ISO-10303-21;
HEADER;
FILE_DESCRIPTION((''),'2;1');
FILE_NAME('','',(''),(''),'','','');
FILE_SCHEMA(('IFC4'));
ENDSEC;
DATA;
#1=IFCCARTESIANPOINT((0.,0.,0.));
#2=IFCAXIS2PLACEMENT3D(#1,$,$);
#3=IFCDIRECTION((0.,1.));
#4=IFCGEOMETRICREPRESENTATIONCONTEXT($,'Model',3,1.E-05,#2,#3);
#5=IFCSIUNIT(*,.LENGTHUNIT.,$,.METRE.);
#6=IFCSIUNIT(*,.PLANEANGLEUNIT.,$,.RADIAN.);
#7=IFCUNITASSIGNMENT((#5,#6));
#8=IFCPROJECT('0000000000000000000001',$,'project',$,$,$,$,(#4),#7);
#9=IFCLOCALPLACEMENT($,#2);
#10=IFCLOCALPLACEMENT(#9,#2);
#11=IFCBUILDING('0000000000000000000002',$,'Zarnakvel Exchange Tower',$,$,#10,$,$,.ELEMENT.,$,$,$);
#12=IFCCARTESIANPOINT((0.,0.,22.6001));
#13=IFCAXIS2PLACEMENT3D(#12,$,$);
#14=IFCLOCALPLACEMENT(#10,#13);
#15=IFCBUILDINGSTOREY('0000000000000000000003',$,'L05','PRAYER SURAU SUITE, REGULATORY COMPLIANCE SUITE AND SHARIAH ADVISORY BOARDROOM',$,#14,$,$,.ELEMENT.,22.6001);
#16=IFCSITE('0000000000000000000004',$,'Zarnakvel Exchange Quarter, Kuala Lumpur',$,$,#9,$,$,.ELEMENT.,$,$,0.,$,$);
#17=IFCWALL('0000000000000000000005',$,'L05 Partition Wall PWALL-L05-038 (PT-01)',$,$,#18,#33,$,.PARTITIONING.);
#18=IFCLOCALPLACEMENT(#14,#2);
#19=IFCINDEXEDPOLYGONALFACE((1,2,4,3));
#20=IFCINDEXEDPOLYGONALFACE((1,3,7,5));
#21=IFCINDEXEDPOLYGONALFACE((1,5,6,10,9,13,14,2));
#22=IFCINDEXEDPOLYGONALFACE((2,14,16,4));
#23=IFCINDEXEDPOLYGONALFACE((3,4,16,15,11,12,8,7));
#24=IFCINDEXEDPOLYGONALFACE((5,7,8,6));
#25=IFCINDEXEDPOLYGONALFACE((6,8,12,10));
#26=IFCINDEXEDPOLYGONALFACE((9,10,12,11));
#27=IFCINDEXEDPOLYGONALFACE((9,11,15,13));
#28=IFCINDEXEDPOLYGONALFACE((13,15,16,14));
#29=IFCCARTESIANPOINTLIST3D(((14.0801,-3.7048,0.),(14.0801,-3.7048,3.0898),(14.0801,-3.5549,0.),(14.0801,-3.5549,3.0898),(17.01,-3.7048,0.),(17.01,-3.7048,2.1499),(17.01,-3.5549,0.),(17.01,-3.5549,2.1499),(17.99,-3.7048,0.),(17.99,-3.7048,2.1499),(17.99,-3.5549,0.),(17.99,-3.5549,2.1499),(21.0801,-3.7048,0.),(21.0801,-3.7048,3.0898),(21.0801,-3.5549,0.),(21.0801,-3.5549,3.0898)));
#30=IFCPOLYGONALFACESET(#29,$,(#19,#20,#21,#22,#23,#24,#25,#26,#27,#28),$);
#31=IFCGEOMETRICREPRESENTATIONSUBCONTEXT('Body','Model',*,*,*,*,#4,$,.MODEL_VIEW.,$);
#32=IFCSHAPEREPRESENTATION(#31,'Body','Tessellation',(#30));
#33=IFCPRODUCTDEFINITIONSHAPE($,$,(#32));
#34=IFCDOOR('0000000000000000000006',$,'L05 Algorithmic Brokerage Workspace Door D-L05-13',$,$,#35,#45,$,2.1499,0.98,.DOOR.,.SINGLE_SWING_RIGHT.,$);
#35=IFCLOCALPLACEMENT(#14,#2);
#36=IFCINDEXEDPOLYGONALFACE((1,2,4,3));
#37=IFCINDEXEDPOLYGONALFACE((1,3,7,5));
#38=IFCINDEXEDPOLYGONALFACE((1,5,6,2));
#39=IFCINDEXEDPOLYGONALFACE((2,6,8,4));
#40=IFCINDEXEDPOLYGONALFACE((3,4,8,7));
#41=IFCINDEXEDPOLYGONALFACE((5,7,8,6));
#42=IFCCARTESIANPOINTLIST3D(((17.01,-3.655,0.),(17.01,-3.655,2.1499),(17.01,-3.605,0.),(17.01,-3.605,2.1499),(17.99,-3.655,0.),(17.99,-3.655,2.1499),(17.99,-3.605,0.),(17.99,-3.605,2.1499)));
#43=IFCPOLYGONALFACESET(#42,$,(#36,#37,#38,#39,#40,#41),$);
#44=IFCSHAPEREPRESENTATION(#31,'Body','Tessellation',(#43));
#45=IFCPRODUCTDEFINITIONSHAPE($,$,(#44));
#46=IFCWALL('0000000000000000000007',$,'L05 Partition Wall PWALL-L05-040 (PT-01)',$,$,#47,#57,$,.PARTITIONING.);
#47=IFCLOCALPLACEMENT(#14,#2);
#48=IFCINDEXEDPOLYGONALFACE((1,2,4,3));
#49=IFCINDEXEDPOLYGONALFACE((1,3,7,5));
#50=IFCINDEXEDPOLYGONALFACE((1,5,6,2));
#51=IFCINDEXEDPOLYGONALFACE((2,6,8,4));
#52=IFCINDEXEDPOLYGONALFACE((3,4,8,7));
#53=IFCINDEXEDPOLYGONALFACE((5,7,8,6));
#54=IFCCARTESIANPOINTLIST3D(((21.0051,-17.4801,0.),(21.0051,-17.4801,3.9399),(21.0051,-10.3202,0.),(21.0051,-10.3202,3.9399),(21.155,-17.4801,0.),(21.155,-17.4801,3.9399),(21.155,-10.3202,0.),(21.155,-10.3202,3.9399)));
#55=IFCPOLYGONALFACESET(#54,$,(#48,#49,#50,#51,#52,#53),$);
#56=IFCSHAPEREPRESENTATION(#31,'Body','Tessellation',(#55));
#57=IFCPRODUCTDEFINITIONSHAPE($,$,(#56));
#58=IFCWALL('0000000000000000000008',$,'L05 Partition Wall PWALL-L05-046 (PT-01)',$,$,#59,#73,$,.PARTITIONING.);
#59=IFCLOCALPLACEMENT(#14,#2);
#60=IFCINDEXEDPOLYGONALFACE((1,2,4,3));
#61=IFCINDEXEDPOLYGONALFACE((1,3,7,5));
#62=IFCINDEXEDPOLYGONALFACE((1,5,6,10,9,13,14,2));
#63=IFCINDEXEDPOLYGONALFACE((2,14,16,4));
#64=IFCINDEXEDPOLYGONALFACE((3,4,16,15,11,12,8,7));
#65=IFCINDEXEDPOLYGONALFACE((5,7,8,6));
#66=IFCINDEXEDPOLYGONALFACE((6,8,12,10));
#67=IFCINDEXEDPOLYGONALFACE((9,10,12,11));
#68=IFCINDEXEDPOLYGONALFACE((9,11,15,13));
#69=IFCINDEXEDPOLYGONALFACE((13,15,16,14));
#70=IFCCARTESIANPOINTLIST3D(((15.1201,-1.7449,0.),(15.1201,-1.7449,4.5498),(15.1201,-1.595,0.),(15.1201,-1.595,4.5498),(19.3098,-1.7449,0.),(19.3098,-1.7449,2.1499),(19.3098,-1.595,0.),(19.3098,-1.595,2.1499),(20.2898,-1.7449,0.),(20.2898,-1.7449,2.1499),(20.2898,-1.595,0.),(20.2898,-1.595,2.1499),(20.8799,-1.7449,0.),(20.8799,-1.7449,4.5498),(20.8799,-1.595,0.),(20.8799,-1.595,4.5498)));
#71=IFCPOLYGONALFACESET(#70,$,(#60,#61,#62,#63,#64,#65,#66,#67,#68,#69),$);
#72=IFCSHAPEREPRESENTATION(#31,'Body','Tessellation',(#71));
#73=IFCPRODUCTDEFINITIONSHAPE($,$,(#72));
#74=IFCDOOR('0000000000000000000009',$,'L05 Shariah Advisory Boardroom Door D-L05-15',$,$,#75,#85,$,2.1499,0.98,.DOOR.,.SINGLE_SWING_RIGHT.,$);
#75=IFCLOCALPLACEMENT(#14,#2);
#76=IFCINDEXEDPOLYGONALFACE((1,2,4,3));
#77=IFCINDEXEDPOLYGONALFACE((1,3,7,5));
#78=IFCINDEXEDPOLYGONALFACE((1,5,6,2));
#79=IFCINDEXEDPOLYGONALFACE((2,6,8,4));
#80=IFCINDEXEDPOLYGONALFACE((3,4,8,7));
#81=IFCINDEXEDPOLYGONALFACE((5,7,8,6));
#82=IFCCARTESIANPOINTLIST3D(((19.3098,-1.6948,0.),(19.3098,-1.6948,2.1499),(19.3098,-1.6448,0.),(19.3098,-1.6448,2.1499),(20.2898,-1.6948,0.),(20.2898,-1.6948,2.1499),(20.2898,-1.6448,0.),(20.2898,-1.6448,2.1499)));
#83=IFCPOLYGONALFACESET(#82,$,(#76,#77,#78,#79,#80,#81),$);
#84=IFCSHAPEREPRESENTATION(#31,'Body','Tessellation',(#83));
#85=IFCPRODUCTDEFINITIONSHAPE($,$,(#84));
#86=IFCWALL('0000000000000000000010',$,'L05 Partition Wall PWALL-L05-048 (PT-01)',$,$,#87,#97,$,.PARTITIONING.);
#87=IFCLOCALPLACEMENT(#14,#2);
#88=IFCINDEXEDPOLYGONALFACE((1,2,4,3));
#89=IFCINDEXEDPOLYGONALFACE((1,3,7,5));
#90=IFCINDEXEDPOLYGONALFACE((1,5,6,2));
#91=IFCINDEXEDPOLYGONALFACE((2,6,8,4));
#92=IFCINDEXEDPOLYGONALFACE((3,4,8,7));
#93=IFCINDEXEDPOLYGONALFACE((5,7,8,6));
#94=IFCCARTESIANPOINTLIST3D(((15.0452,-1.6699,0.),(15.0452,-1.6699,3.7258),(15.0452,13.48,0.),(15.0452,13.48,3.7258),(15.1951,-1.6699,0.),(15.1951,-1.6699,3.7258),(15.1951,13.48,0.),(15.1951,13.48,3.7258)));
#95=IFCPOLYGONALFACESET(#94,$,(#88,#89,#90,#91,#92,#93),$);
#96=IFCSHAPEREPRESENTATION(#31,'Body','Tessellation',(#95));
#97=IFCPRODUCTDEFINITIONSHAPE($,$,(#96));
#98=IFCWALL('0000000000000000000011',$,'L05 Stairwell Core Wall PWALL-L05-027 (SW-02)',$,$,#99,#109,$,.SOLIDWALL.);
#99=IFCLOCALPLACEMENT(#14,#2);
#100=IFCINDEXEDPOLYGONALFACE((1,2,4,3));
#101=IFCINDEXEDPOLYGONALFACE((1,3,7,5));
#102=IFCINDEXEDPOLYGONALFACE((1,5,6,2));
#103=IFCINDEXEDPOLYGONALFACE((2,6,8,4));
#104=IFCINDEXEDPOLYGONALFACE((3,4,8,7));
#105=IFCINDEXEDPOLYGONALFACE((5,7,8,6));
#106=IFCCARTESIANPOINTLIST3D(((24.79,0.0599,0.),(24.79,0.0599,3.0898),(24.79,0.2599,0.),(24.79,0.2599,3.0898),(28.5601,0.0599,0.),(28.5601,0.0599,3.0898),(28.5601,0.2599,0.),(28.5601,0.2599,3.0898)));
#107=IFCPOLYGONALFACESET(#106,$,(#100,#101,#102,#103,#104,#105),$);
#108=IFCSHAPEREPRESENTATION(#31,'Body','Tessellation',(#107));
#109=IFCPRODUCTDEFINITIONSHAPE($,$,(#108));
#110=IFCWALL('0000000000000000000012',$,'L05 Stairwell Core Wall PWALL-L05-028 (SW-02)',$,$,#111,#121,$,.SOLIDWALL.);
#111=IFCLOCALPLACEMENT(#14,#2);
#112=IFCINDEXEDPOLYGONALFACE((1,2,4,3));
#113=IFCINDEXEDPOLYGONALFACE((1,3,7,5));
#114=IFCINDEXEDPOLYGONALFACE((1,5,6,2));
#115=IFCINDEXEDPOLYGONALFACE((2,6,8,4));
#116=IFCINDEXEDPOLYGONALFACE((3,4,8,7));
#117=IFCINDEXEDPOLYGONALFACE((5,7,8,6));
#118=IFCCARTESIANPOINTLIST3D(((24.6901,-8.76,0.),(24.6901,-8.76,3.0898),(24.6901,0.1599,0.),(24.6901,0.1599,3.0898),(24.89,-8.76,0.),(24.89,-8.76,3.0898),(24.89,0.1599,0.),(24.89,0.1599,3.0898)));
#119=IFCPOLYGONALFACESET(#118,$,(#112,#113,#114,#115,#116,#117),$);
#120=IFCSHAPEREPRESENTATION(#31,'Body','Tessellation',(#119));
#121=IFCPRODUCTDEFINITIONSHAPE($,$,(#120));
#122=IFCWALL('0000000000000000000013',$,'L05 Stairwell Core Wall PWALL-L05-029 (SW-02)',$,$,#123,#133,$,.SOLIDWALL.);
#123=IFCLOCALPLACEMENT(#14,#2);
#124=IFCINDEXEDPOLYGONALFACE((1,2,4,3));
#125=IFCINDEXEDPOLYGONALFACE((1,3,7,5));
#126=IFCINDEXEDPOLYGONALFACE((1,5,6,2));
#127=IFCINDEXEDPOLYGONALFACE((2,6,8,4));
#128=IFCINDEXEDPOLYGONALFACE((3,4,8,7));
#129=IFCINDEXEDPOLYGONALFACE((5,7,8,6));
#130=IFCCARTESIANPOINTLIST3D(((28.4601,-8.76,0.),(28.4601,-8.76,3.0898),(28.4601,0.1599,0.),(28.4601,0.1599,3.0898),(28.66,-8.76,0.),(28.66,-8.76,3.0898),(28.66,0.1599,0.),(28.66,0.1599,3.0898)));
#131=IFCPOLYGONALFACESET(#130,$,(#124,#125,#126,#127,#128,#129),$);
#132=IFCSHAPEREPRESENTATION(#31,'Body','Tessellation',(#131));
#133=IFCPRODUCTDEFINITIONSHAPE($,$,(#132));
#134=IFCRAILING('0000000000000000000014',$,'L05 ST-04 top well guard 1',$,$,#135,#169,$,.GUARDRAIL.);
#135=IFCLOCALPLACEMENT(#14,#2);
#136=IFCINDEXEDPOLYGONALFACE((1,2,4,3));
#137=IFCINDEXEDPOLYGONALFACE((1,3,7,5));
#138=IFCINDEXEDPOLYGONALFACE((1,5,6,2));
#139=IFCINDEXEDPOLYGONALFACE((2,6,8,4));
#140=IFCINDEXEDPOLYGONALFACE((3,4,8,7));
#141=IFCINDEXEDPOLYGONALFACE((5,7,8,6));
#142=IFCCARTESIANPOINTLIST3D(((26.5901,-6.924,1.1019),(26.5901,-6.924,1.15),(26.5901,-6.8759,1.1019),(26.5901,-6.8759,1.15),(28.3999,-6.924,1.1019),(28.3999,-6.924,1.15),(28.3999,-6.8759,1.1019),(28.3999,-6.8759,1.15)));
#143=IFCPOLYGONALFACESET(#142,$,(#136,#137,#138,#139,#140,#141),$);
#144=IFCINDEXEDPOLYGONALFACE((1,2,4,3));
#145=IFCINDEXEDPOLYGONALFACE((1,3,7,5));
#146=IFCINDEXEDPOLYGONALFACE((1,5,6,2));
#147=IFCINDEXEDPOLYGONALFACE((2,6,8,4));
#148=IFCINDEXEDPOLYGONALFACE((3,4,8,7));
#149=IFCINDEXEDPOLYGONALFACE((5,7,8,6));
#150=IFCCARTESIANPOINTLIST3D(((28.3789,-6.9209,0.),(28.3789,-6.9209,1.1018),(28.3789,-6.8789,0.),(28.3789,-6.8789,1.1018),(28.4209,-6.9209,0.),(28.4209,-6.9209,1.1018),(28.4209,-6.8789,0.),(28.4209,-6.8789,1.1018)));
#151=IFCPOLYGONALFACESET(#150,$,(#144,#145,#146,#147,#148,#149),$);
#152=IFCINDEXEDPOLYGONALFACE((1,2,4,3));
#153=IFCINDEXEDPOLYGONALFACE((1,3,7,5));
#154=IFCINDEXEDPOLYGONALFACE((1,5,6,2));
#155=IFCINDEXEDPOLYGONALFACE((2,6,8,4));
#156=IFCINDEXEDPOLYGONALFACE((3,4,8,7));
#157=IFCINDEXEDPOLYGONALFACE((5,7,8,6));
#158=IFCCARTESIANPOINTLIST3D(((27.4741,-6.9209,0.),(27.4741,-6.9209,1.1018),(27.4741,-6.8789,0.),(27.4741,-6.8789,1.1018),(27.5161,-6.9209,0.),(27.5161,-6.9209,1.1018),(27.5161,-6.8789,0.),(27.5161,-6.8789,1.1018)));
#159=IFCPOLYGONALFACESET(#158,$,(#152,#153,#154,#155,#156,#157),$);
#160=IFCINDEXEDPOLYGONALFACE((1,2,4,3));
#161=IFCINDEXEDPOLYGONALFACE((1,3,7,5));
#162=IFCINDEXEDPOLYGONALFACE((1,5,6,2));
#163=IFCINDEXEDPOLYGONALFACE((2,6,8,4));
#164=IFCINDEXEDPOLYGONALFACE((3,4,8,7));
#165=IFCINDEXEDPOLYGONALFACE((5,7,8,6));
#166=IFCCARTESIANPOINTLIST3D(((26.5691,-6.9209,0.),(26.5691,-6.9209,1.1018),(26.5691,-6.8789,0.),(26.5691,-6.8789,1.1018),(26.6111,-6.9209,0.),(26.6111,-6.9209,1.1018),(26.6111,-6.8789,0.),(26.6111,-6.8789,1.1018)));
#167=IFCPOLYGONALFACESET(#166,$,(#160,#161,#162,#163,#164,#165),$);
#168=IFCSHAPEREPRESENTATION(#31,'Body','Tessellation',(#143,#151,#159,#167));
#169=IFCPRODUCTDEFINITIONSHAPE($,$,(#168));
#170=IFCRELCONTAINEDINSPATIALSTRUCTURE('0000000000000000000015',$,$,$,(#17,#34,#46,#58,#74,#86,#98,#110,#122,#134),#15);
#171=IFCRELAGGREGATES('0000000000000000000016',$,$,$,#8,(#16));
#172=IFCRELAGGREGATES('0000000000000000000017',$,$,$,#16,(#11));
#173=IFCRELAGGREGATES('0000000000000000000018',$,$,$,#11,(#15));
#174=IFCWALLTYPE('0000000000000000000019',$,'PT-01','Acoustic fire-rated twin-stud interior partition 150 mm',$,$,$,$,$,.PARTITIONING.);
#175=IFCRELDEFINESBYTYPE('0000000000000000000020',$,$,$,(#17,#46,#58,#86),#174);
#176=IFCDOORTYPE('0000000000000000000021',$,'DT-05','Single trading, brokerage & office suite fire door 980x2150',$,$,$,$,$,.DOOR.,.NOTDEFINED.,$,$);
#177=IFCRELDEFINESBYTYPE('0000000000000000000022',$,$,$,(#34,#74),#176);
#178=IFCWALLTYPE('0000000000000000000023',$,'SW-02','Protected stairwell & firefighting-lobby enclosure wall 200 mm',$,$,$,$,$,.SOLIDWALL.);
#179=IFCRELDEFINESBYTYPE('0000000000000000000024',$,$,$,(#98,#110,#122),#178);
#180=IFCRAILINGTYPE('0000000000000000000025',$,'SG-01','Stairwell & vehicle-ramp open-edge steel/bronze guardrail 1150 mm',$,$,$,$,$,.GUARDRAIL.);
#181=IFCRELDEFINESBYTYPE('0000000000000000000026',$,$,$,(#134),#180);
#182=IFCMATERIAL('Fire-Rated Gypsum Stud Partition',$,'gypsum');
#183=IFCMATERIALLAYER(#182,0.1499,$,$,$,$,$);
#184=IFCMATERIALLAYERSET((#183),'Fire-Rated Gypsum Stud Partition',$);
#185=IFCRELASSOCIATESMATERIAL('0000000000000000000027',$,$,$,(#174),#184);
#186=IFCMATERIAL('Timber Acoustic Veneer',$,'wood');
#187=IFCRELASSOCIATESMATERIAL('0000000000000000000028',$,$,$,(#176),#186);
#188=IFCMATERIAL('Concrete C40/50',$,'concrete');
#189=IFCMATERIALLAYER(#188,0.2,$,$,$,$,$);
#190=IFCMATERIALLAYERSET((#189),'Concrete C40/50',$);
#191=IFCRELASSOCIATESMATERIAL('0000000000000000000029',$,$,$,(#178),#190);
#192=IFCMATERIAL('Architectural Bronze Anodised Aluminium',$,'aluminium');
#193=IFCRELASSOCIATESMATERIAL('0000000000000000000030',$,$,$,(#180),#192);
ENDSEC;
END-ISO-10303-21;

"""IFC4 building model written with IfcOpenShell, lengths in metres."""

from ifc_helpers import new_model, si_unit, direction, frame, frame_2d, origin, origin_2d, place, context, subcontext, project, spatial, rectangle, extrude, source, transform, mapped, material, layer, layer_set, type_object, element, fill, save


model = new_model("IFC4")

# Units and contexts
model_context = context("Model", 3, precision=1e-05, world=origin(), true_north=direction((0.0, 1.0)))
body_context = subcontext(model_context, "Body", "Model", "MODEL_VIEW")
ifc_project = project(units=[si_unit("LENGTHUNIT", "METRE"), si_unit("PLANEANGLEUNIT", "RADIAN")], contexts=[model_context])

# Site, building, storey
site_placement = place(None, origin())
site = spatial("IfcSite", under=ifc_project, at=site_placement, Name="Zarnakvel Exchange Quarter, Kuala Lumpur", CompositionType="ELEMENT", RefElevation=0.0)
building_placement = place(site_placement, origin())
building = spatial("IfcBuilding", under=site, at=building_placement, Name="Zarnakvel Exchange Tower", CompositionType="ELEMENT")
storey_placement = place(building_placement, frame((0.0, 0.0, 22.6001)))
storey = spatial("IfcBuildingStorey", under=building, at=storey_placement, Name="L05", Description="PRAYER SURAU SUITE, REGULATORY COMPLIANCE SUITE AND SHARIAH ADVISORY BOARDROOM", CompositionType="ELEMENT", Elevation=22.6001)

# Wall, opening, door
ifc_material_1 = material(Name="Fire-Rated Gypsum Stud Partition", Category="gypsum")
ifc_layer_1 = layer(ifc_material_1, 0.1499)
ifc_layer_set_1 = layer_set([ifc_layer_1], Name="Fire-Rated Gypsum Stud Partition")
wall_type_1 = type_object("IfcWallType", Name="PT-01", Description="Acoustic fire-rated twin-stud interior partition 150 mm", PredefinedType="PARTITIONING", material=ifc_layer_set_1)
wall_1_placement = place(storey_placement, frame((14.0801, -3.6299, 0.0), z_axis=(0.0, 0.0, 1.0), x_axis=(1.0, 0.0, 0.0)))
wall_1 = element("IfcWall", 1, at=wall_1_placement, inside=storey, type_object=wall_type_1, Name="L05 Partition Wall PWALL-L05-038 (PT-01)", PredefinedType="PARTITIONING", context=body_context, shape_type="SweptSolid", body=[
    extrude(rectangle(XDim=7.0, YDim=0.1499, at=frame_2d((3.5, 0.0))), origin(), (0.0, 0.0, 1.0), 3.0898),
])
opening_1_placement = place(wall_1_placement, frame((2.9299, 0.0, 0.0)))
opening_1 = element("IfcOpeningElement", 2, at=opening_1_placement, cuts=wall_1, PredefinedType="OPENING", context=body_context, shape_type="SweptSolid", body=[
    extrude(rectangle(XDim=0.98, YDim=2.1499, at=frame_2d((0.49, 1.075))), frame((0.0, 0.085, 0.0), z_axis=(0.0, -1.0, 0.0), x_axis=(1.0, 0.0, 0.0)), (0.0, 0.0, 1.0), 0.1699),
])
ifc_material_2 = material(Name="Timber Acoustic Veneer", Category="wood")
door_type_1 = type_object("IfcDoorType", Name="DT-05", Description="Single trading, brokerage & office suite fire door 980x2150", OperationType="NOTDEFINED", PredefinedType="DOOR", material=ifc_material_2)
shared_shape_1 = source(origin(), body_context, "Body", "SweptSolid", [
    extrude(rectangle(XDim=0.98, YDim=2.1499, at=frame_2d((0.49, 1.075))), frame((0.0, 0.0249, 0.0), z_axis=(0.0, -1.0, 0.0), x_axis=(1.0, 0.0, 0.0)), (0.0, 0.0, 1.0), 0.05),
])
door_1_placement = place(opening_1_placement, origin())
door_1 = element("IfcDoor", 3, at=door_1_placement, inside=storey, type_object=door_type_1, Name="L05 Algorithmic Brokerage Workspace Door D-L05-13", OperationType="SINGLE_SWING_RIGHT", OverallHeight=2.1499, OverallWidth=0.98, PredefinedType="DOOR", context=body_context, shape_type="MappedRepresentation", body=[
    mapped(shared_shape_1, transform((0.0, 0.0, 0.0), x_axis=(1.0, 0.0, 0.0), y_axis=(0.0, 1.0, 0.0), z_axis=(0.0, 0.0, 1.0), scale=1.0)),
])
fill(opening_1, door_1)

# Wall
wall_2_placement = place(storey_placement, frame((21.0801, -10.3201, 0.0), z_axis=(0.0, 0.0, 1.0), x_axis=(0.0, -1.0, 0.0)))
element("IfcWall", 4, at=wall_2_placement, inside=storey, type_object=wall_type_1, Name="L05 Partition Wall PWALL-L05-040 (PT-01)", PredefinedType="PARTITIONING", context=body_context, shape_type="SweptSolid", body=[
    extrude(rectangle(XDim=7.1599, YDim=0.1499, at=frame_2d((3.5801, 0.0))), origin(), (0.0, 0.0, 1.0), 3.9399),
])

# Wall, opening, door
wall_3_placement = place(storey_placement, frame((20.8799, -1.6699, 0.0), z_axis=(0.0, 0.0, 1.0), x_axis=(-1.0, 0.0, 0.0)))
wall_3 = element("IfcWall", 5, at=wall_3_placement, inside=storey, type_object=wall_type_1, Name="L05 Partition Wall PWALL-L05-046 (PT-01)", PredefinedType="PARTITIONING", context=body_context, shape_type="SweptSolid", body=[
    extrude(rectangle(XDim=5.7598, YDim=0.1499, at=frame_2d((2.8799, 0.0))), origin(), (0.0, 0.0, 1.0), 4.5498),
])
opening_2_placement = place(wall_3_placement, frame((0.5901, 0.0, 0.0)))
opening_2 = element("IfcOpeningElement", 6, at=opening_2_placement, cuts=wall_3, PredefinedType="OPENING", context=body_context, shape_type="SweptSolid", body=[
    extrude(rectangle(XDim=0.98, YDim=2.1499, at=frame_2d((0.49, 1.075))), frame((0.0, 0.085, 0.0), z_axis=(0.0, -1.0, 0.0), x_axis=(1.0, 0.0, 0.0)), (0.0, 0.0, 1.0), 0.1699),
])
door_2_placement = place(opening_2_placement, origin())
door_2 = element("IfcDoor", 7, at=door_2_placement, inside=storey, type_object=door_type_1, Name="L05 Shariah Advisory Boardroom Door D-L05-15", OperationType="SINGLE_SWING_RIGHT", OverallHeight=2.1499, OverallWidth=0.98, PredefinedType="DOOR", context=body_context, shape_type="MappedRepresentation", body=[
    mapped(shared_shape_1, transform((0.0, 0.0, 0.0), x_axis=(1.0, 0.0, 0.0), y_axis=(0.0, 1.0, 0.0), z_axis=(0.0, 0.0, 1.0), scale=1.0)),
])
fill(opening_2, door_2)

# Wall
wall_4_placement = place(storey_placement, frame((15.1201, -1.6699, 0.0), z_axis=(0.0, 0.0, 1.0), x_axis=(0.0, 1.0, 0.0)))
element("IfcWall", 8, at=wall_4_placement, inside=storey, type_object=wall_type_1, Name="L05 Partition Wall PWALL-L05-048 (PT-01)", PredefinedType="PARTITIONING", context=body_context, shape_type="SweptSolid", body=[
    extrude(rectangle(XDim=15.1499, YDim=0.1499, at=frame_2d((7.575, 0.0))), origin(), (0.0, 0.0, 1.0), 3.7258),
])

# Shared definitions
ifc_material_3 = material(Name="Concrete C40/50", Category="concrete")
ifc_layer_2 = layer(ifc_material_3, 0.2)
ifc_layer_set_2 = layer_set([ifc_layer_2], Name="Concrete C40/50")
wall_type_2 = type_object("IfcWallType", Name="SW-02", Description="Protected stairwell & firefighting-lobby enclosure wall 200 mm", PredefinedType="SOLIDWALL", material=ifc_layer_set_2)

# Walls
wall_5_placement = place(storey_placement, frame((24.79, 0.1599, 0.0), z_axis=(0.0, 0.0, 1.0), x_axis=(1.0, 0.0, 0.0)))
element("IfcWall", 9, at=wall_5_placement, inside=storey, type_object=wall_type_2, Name="L05 Stairwell Core Wall PWALL-L05-027 (SW-02)", PredefinedType="SOLIDWALL", context=body_context, shape_type="SweptSolid", body=[
    extrude(rectangle(XDim=3.77, YDim=0.2, at=frame_2d((1.885, 0.0))), origin(), (0.0, 0.0, 1.0), 3.0898),
])
for number, where, z_axis, x_axis, name in (
    (10, (24.79, -8.76, 0.0), (0.0, 0.0, 1.0), (0.0, 1.0, 0.0), "L05 Stairwell Core Wall PWALL-L05-028 (SW-02)"),
    (11, (28.5601, 0.1599, 0.0), (0.0, 0.0, 1.0), (0.0, -1.0, 0.0), "L05 Stairwell Core Wall PWALL-L05-029 (SW-02)"),
):
    element("IfcWall", number, at=place(storey_placement, frame(where, z_axis=z_axis, x_axis=x_axis)), inside=storey, type_object=wall_type_2, Name=name, PredefinedType="SOLIDWALL", context=body_context, shape_type="SweptSolid", body=[
        extrude(rectangle(XDim=8.9199, YDim=0.2, at=frame_2d((4.46, 0.0))), origin(), (0.0, 0.0, 1.0), 3.0898),
    ])

# Railing
ifc_material_4 = material(Name="Architectural Bronze Anodised Aluminium", Category="aluminium")
railing_type = type_object("IfcRailingType", Name="SG-01", Description="Stairwell & vehicle-ramp open-edge steel/bronze guardrail 1150 mm", PredefinedType="GUARDRAIL", material=ifc_material_4)
railing_1_placement = place(storey_placement, frame((28.3999, -6.8999, 0.0)))
element("IfcRailing", 12, at=railing_1_placement, inside=storey, type_object=railing_type, Name="L05 ST-04 top well guard 1", PredefinedType="GUARDRAIL", context=body_context, shape_type="SweptSolid", body=[
    extrude(rectangle(XDim=0.0481, YDim=0.0481, at=origin_2d()), frame((0.0, 0.0, 1.126), z_axis=(-1.0, 0.0, 0.0), x_axis=(0.0, -1.0, 0.0)), (0.0, 0.0, 1.0), 1.8098),
    extrude(rectangle(XDim=0.042, YDim=0.042, at=origin_2d()), origin(), (0.0, 0.0, 1.0), 1.1018),
    extrude(rectangle(XDim=0.042, YDim=0.042, at=origin_2d()), frame((-0.9048, 0.0, 0.0)), (0.0, 0.0, 1.0), 1.1018),
    extrude(rectangle(XDim=0.042, YDim=0.042, at=origin_2d()), frame((-1.8098, 0.0, 0.0)), (0.0, 0.0, 1.0), 1.1018),
])

save(model, "model.ifc")
